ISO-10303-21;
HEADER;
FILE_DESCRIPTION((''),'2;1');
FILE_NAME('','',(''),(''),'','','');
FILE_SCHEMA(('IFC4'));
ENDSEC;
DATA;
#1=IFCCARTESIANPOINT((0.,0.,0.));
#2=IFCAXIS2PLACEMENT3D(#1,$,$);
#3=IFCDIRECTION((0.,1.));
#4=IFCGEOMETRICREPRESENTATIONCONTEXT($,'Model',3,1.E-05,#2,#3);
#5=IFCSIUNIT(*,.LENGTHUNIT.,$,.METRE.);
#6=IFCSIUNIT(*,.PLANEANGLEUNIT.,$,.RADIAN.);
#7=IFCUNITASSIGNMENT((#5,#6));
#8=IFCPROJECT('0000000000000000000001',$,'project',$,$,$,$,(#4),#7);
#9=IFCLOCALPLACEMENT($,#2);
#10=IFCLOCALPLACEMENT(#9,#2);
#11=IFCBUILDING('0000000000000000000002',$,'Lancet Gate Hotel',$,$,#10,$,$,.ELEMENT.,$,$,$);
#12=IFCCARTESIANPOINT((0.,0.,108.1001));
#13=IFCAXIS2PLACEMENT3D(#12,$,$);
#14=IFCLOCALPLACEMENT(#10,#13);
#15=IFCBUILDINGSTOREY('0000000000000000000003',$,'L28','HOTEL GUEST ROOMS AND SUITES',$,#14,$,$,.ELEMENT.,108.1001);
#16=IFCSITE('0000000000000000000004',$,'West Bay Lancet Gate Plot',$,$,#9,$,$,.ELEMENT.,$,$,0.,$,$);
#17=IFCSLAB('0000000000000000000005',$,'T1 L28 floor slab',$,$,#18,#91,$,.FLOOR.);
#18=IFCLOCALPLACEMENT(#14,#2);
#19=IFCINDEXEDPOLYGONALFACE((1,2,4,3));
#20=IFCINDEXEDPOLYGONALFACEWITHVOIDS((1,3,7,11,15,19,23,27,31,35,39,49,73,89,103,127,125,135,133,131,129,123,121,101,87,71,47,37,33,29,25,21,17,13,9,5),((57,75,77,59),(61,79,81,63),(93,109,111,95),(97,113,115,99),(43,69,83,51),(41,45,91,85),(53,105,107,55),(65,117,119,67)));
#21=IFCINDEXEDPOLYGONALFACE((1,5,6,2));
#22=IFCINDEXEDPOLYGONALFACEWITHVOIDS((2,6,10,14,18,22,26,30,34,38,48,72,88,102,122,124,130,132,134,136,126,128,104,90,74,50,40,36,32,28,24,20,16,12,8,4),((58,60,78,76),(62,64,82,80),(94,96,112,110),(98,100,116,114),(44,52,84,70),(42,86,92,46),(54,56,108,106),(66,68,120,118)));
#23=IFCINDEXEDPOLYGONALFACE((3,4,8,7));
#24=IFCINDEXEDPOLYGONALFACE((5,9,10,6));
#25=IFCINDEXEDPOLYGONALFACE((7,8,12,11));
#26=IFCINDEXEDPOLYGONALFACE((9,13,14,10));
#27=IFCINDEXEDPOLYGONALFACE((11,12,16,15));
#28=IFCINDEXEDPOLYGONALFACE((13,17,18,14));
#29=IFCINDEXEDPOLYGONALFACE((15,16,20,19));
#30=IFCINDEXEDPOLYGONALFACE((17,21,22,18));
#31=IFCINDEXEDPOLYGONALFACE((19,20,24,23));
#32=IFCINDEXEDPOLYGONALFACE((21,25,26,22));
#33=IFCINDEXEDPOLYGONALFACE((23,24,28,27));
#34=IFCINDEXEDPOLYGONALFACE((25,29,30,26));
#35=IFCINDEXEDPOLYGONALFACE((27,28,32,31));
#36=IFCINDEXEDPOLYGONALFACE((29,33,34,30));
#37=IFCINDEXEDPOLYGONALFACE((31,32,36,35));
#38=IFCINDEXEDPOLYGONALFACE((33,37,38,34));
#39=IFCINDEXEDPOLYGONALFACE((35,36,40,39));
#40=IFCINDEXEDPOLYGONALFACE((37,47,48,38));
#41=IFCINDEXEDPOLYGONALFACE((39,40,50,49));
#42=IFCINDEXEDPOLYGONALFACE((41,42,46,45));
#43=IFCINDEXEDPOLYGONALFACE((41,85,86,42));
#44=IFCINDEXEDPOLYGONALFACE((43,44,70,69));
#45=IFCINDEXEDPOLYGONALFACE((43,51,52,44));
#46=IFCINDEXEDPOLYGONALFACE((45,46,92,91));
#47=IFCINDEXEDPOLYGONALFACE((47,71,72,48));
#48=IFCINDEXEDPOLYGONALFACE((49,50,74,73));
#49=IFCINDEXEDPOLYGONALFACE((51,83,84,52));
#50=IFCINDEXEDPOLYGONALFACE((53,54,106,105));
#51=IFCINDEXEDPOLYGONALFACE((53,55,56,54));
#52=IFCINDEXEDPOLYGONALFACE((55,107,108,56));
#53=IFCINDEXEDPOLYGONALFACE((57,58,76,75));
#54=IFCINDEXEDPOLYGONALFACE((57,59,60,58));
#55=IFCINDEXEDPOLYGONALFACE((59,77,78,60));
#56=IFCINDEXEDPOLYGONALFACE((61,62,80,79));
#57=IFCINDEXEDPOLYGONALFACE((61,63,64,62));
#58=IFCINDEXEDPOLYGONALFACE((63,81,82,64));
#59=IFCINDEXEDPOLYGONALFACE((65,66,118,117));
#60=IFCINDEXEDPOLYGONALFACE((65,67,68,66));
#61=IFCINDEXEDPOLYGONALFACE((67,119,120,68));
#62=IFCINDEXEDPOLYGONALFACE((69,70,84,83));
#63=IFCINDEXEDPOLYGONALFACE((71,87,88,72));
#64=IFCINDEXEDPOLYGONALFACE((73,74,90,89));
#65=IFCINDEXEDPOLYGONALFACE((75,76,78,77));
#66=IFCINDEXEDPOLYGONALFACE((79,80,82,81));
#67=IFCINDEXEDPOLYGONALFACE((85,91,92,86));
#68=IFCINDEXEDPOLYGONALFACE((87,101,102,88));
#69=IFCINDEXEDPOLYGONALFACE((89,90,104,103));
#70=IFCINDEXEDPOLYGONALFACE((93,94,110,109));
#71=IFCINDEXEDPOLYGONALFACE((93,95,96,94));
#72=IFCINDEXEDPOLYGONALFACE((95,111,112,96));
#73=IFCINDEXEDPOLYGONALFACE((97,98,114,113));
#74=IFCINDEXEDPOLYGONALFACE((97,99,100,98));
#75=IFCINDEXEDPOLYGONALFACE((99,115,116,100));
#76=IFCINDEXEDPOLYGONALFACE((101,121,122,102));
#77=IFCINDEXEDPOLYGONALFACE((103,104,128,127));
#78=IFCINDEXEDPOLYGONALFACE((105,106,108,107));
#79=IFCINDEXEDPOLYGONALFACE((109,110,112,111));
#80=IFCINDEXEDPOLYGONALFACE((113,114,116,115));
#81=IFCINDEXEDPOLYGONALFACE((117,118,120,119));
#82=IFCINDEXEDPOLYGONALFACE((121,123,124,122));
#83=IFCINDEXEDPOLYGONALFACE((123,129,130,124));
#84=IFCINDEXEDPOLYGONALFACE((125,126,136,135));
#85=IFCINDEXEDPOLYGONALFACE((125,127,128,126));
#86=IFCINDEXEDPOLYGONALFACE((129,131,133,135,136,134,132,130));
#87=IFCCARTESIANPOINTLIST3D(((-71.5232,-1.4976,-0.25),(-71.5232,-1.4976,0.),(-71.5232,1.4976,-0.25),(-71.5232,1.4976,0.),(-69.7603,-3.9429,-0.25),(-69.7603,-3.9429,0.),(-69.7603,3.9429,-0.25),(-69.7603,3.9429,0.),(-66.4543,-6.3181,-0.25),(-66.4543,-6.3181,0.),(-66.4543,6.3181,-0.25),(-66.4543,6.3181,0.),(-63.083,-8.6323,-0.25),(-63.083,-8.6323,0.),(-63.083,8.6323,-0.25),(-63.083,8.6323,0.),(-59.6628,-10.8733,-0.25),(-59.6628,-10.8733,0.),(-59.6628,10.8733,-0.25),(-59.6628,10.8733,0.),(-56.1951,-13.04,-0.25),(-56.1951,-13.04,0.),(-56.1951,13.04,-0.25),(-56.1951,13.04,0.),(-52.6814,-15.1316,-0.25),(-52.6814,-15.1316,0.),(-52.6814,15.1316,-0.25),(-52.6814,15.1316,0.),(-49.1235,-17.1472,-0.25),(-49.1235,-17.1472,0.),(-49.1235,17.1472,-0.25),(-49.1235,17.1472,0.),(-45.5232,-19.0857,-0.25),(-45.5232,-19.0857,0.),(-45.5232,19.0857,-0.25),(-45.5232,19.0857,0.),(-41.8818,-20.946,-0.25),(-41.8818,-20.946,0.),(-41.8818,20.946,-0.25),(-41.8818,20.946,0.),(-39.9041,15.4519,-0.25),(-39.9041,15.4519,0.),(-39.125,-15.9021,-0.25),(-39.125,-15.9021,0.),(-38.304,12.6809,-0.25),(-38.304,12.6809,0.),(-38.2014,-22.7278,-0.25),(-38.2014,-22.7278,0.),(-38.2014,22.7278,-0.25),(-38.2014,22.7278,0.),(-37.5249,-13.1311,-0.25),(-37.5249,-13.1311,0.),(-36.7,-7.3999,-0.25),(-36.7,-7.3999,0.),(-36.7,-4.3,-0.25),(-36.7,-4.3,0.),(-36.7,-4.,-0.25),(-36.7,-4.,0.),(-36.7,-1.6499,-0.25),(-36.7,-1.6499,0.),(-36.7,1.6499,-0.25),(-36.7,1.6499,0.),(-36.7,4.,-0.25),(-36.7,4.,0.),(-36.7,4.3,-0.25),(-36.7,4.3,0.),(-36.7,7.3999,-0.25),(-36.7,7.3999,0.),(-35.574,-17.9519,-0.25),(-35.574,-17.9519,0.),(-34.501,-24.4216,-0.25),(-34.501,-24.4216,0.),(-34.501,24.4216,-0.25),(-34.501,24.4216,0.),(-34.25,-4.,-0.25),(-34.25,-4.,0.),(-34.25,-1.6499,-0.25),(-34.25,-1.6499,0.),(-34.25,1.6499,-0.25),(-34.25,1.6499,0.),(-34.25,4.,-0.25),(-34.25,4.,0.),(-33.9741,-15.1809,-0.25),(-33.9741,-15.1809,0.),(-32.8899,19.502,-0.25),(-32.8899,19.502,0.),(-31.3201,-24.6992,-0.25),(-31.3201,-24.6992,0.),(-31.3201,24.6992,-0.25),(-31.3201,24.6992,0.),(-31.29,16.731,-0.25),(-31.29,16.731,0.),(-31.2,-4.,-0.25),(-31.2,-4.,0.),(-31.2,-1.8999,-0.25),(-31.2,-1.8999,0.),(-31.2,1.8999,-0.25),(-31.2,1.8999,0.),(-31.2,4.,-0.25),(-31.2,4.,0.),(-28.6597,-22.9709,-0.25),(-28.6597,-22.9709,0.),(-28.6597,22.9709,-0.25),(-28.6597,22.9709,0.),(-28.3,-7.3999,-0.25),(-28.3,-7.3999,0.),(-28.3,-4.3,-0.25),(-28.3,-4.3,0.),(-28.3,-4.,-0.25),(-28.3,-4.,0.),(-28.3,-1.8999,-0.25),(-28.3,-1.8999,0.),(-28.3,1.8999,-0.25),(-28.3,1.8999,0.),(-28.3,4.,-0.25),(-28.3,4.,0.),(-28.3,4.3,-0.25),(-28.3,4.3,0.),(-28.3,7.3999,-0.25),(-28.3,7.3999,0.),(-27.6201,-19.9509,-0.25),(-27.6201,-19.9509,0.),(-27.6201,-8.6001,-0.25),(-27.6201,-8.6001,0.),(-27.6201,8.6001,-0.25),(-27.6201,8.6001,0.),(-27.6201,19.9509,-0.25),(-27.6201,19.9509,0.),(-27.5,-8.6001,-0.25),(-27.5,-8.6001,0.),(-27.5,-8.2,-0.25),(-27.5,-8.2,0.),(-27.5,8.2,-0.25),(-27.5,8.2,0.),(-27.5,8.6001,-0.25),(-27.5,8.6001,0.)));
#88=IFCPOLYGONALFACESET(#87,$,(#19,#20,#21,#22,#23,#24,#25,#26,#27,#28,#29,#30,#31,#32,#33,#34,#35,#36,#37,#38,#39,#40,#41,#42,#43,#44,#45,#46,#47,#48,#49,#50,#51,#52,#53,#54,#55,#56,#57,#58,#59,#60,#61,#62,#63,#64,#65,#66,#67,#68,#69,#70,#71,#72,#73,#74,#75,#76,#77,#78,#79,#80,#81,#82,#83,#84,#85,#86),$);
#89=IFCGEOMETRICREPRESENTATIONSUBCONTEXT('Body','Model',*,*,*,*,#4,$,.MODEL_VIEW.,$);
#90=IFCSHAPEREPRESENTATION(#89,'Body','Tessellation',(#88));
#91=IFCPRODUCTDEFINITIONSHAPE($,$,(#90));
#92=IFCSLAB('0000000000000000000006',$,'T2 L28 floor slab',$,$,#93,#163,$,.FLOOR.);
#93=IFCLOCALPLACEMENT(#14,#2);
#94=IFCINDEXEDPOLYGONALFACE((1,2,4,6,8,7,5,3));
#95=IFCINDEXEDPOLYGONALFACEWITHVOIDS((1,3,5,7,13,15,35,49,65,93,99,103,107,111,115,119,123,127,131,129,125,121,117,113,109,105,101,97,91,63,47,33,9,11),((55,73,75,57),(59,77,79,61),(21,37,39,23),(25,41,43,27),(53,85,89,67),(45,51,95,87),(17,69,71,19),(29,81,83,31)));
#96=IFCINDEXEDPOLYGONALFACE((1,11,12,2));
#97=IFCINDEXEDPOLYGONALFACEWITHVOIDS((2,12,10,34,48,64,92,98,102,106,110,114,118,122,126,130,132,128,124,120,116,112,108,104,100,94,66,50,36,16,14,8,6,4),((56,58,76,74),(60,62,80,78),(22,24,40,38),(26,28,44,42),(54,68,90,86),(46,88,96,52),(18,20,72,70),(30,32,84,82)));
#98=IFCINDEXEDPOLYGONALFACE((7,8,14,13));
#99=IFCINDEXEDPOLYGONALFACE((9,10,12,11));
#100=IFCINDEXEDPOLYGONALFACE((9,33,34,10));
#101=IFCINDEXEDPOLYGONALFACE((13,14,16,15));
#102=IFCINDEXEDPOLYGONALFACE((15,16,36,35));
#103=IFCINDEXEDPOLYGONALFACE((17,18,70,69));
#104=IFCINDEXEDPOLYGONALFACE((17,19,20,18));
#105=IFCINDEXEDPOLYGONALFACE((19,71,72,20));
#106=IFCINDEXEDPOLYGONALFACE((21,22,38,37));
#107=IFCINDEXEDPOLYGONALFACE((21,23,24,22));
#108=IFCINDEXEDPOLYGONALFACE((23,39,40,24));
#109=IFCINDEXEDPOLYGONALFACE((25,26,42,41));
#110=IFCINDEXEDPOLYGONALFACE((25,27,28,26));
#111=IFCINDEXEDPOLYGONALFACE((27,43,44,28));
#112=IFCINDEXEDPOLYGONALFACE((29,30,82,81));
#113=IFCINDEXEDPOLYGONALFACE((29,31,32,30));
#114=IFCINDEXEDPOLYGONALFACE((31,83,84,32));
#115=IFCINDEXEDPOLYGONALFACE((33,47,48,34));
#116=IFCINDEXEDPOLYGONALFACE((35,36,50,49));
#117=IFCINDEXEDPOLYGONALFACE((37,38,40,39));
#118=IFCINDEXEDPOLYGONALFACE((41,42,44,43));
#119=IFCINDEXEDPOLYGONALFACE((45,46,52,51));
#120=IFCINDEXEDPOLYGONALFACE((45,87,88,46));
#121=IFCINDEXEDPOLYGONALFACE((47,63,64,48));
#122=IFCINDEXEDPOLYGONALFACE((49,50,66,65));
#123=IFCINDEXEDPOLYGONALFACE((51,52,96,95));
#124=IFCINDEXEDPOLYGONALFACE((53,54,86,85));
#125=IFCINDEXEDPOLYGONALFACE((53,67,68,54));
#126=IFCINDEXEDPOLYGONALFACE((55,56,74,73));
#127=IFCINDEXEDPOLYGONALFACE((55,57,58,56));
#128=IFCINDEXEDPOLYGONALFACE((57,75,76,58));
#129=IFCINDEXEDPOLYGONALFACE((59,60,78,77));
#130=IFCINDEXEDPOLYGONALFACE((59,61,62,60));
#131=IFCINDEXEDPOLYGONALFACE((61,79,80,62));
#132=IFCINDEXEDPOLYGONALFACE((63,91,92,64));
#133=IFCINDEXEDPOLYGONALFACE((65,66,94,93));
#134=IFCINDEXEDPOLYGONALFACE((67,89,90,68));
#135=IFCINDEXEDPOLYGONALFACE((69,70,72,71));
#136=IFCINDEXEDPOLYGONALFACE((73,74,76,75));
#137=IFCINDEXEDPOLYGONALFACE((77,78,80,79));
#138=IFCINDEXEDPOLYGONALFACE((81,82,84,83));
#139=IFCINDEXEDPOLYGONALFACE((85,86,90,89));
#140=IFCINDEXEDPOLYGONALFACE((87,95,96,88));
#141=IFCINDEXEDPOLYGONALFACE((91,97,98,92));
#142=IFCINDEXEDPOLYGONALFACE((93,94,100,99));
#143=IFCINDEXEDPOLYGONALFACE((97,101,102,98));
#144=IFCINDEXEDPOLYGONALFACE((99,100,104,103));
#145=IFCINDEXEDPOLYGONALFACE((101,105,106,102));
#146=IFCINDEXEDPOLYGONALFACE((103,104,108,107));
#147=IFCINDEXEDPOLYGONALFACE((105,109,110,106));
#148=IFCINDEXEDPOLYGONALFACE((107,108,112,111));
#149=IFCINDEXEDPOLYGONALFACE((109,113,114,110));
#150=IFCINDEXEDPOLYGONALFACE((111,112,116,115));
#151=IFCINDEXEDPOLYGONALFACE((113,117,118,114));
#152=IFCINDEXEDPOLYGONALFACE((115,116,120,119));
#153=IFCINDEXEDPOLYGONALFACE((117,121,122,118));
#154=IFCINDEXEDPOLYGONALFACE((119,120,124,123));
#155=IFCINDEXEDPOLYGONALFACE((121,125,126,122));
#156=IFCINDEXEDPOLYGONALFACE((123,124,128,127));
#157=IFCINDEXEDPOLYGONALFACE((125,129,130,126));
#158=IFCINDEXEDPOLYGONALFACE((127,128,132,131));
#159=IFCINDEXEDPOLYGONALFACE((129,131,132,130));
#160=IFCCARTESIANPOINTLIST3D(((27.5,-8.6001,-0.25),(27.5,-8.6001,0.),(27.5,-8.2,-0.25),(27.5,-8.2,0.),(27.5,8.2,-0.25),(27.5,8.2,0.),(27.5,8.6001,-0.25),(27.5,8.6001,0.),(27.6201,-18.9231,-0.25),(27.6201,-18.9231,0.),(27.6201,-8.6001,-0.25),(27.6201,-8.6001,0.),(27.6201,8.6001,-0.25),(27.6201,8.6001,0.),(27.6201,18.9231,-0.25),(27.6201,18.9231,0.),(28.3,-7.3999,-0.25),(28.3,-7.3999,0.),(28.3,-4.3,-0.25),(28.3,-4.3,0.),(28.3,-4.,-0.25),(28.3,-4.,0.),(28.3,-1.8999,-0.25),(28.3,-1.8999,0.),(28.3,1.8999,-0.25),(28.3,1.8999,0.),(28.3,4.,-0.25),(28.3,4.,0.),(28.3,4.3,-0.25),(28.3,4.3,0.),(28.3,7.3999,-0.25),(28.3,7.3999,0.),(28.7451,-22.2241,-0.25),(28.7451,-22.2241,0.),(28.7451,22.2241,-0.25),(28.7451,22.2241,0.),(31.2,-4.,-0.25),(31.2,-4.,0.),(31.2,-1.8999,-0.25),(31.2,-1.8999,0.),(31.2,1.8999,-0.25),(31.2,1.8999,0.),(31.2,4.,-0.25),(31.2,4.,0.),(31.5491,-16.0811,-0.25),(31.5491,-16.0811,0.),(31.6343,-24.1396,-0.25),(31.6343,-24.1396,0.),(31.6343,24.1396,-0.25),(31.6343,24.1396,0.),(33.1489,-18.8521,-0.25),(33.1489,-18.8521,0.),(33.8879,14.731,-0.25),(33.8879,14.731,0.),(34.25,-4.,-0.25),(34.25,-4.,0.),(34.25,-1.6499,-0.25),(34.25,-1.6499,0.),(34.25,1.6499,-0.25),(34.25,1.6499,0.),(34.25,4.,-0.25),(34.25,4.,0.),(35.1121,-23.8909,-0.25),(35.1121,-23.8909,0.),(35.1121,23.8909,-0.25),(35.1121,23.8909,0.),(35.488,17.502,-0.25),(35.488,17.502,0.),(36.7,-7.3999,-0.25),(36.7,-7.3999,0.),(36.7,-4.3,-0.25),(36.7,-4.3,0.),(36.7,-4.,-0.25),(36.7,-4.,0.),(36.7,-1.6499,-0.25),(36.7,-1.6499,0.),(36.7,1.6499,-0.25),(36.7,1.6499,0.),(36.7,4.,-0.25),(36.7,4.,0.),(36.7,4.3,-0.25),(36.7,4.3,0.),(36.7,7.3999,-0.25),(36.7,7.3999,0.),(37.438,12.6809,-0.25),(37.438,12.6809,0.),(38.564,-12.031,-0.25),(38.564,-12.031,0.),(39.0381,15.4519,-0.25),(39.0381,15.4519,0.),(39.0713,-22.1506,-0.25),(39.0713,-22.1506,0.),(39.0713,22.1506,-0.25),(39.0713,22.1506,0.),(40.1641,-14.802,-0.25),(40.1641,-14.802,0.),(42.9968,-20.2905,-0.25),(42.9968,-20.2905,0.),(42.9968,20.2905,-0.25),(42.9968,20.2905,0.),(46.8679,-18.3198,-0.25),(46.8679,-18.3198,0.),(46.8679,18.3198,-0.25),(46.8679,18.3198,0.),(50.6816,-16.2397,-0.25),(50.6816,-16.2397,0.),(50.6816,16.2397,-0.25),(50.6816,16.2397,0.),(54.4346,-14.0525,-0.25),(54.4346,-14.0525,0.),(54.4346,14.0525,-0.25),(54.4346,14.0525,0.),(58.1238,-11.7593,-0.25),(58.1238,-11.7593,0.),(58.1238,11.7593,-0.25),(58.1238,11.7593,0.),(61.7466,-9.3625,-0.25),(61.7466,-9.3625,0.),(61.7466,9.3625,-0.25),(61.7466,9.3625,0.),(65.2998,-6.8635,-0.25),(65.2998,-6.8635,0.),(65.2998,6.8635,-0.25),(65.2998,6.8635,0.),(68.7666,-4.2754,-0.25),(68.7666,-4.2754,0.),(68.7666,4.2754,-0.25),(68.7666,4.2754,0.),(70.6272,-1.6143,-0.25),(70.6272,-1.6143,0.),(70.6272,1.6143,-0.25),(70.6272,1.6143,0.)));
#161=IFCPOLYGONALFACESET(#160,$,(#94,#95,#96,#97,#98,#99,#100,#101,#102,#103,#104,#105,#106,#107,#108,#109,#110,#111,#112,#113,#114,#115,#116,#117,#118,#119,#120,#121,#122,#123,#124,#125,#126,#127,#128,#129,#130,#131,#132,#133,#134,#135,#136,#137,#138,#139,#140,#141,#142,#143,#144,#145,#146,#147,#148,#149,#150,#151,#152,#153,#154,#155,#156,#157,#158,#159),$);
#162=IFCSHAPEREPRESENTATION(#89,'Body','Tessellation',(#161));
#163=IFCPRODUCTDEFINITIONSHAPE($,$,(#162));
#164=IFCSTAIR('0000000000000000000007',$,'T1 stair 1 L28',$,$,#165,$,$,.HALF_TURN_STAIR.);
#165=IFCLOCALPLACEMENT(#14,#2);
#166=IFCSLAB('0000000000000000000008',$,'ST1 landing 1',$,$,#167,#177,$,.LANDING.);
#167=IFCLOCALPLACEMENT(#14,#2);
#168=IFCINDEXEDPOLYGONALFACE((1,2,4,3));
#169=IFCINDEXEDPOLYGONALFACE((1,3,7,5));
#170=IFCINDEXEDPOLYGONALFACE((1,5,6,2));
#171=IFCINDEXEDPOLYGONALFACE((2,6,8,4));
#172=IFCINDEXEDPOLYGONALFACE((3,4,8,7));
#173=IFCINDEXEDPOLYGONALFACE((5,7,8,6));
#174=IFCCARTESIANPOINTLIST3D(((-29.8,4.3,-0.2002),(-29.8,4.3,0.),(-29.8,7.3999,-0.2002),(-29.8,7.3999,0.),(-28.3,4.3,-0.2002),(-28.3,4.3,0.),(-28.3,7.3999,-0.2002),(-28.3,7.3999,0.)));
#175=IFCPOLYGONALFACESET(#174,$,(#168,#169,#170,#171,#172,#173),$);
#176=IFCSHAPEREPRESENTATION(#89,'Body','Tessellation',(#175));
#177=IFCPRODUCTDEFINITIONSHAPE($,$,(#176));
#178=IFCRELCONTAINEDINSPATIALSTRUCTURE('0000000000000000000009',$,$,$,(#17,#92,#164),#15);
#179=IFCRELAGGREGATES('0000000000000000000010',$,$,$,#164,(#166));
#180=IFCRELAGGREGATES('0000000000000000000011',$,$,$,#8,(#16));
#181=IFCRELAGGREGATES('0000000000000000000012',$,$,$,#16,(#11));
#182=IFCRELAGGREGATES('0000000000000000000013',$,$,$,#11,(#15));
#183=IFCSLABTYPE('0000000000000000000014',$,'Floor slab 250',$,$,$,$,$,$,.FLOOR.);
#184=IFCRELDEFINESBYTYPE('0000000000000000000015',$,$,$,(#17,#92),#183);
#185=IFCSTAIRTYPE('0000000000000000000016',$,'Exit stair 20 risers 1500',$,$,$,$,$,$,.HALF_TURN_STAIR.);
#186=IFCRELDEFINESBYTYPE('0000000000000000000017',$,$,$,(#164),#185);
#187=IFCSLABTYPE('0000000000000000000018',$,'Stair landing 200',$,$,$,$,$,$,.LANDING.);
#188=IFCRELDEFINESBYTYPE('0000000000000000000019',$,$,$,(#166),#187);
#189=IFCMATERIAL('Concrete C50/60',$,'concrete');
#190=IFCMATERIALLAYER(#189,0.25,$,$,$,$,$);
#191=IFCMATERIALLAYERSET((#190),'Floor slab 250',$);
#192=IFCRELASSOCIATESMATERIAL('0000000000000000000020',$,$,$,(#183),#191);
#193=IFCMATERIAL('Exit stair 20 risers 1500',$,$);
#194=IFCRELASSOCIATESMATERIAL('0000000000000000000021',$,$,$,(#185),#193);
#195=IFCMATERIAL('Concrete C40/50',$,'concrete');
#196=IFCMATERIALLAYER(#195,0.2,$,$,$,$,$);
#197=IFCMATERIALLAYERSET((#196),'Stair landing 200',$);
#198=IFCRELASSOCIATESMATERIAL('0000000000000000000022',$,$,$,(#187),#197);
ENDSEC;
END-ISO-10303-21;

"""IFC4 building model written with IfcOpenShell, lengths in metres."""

from ifc_helpers import new_model, si_unit, direction, frame, origin, place, context, subcontext, project, spatial, polyline, outline, extrude, material, layer, layer_set, type_object, element, aggregate, save


model = new_model("IFC4")

# Units and contexts
model_context = context("Model", 3, precision=1e-05, world=origin(), true_north=direction((0.0, 1.0)))
body_context = subcontext(model_context, "Body", "Model", "MODEL_VIEW")
ifc_project = project(units=[si_unit("LENGTHUNIT", "METRE"), si_unit("PLANEANGLEUNIT", "RADIAN")], contexts=[model_context])

# Site, building, storey
site_placement = place(None, origin())
site = spatial("IfcSite", under=ifc_project, at=site_placement, Name="West Bay Lancet Gate Plot", CompositionType="ELEMENT", RefElevation=0.0)
building_placement = place(site_placement, origin())
building = spatial("IfcBuilding", under=site, at=building_placement, Name="Lancet Gate Hotel", CompositionType="ELEMENT")
storey_placement = place(building_placement, frame((0.0, 0.0, 108.1001)))
storey = spatial("IfcBuildingStorey", under=building, at=storey_placement, Name="L28", Description="HOTEL GUEST ROOMS AND SUITES", CompositionType="ELEMENT", Elevation=108.1001)

# Slabs
ifc_material_1 = material(Name="Concrete C50/60", Category="concrete")
ifc_layer_1 = layer(ifc_material_1, 0.25)
ifc_layer_set_1 = layer_set([ifc_layer_1], Name="Floor slab 250")
slab_type_1 = type_object("IfcSlabType", Name="Floor slab 250", PredefinedType="FLOOR", material=ifc_layer_set_1)
slab_1_placement = place(storey_placement, frame((0.0, 0.0, -0.25)))
element("IfcSlab", 1, at=slab_1_placement, inside=storey, type_object=slab_type_1, Name="T1 L28 floor slab", PredefinedType="FLOOR", context=body_context, shape_type="SweptSolid", body=[
    extrude(outline(polyline([(-27.5, 8.6001), (-27.6201, 8.6001), (-27.6201, 19.9509), (-28.6597, 22.9709), (-31.3201, 24.6992), (-34.501, 24.4216), (-38.2014, 22.7278), (-41.8818, 20.946), (-45.5232, 19.0857), (-49.1235, 17.1472), (-52.6814, 15.1316), (-56.1951, 13.04), (-59.6628, 10.8733), (-63.083, 8.6323), (-66.4543, 6.3181), (-69.7603, 3.9429), (-71.5232, 1.4976), (-71.5232, -1.4976), (-69.7603, -3.9429), (-66.4543, -6.3181), (-63.083, -8.6323), (-59.6628, -10.8733), (-56.1951, -13.04), (-52.6814, -15.1316), (-49.1235, -17.1472), (-45.5232, -19.0857), (-41.8818, -20.946), (-38.2014, -22.7278), (-34.501, -24.4216), (-31.3201, -24.6992), (-28.6597, -22.9709), (-27.6201, -19.9509), (-27.6201, -8.6001), (-27.5, -8.6001), (-27.5, -8.2), (-27.5, 8.2), (-27.5, 8.6001)]), holes=[polyline([(-36.7, 7.3999), (-36.7, 4.3), (-28.3, 4.3), (-28.3, 7.3999), (-36.7, 7.3999)]), polyline([(-28.3, 4.0), (-31.2, 4.0), (-31.2, 1.8999), (-28.3, 1.8999), (-28.3, 4.0)]), polyline([(-34.25, 4.0), (-36.7, 4.0), (-36.7, 1.6499), (-34.25, 1.6499), (-34.25, 4.0)]), polyline([(-36.7, -1.6499), (-36.7, -4.0), (-34.25, -4.0), (-34.25, -1.6499), (-36.7, -1.6499)]), polyline([(-28.3, -1.8999), (-31.2, -1.8999), (-31.2, -4.0), (-28.3, -4.0), (-28.3, -1.8999)]), polyline([(-28.3, -4.3), (-36.7, -4.3), (-36.7, -7.3999), (-28.3, -7.3999), (-28.3, -4.3)]), polyline([(-31.29, 16.731), (-32.8899, 19.502), (-39.9041, 15.4519), (-38.304, 12.6809), (-31.29, 16.731)]), polyline([(-33.9741, -15.1809), (-37.5249, -13.1311), (-39.125, -15.9021), (-35.574, -17.9519), (-33.9741, -15.1809)])]), origin(), (0.0, 0.0, 1.0), 0.25),
])
slab_2_placement = place(storey_placement, frame((0.0, 0.0, -0.25)))
element("IfcSlab", 2, at=slab_2_placement, inside=storey, type_object=slab_type_1, Name="T2 L28 floor slab", PredefinedType="FLOOR", context=body_context, shape_type="SweptSolid", body=[
    extrude(outline(polyline([(27.5, -8.6001), (27.6201, -8.6001), (27.6201, -18.9231), (28.7451, -22.2241), (31.6343, -24.1396), (35.1121, -23.8909), (39.0713, -22.1506), (42.9968, -20.2905), (46.8679, -18.3198), (50.6816, -16.2397), (54.4346, -14.0525), (58.1238, -11.7593), (61.7466, -9.3625), (65.2998, -6.8635), (68.7666, -4.2754), (70.6272, -1.6143), (70.6272, 1.6143), (68.7666, 4.2754), (65.2998, 6.8635), (61.7466, 9.3625), (58.1238, 11.7593), (54.4346, 14.0525), (50.6816, 16.2397), (46.8679, 18.3198), (42.9968, 20.2905), (39.0713, 22.1506), (35.1121, 23.8909), (31.6343, 24.1396), (28.7451, 22.2241), (27.6201, 18.9231), (27.6201, 8.6001), (27.5, 8.6001), (27.5, 8.2), (27.5, -8.2), (27.5, -8.6001)]), holes=[polyline([(36.7, -7.3999), (36.7, -4.3), (28.3, -4.3), (28.3, -7.3999), (36.7, -7.3999)]), polyline([(28.3, -4.0), (31.2, -4.0), (31.2, -1.8999), (28.3, -1.8999), (28.3, -4.0)]), polyline([(34.25, -4.0), (36.7, -4.0), (36.7, -1.6499), (34.25, -1.6499), (34.25, -4.0)]), polyline([(36.7, 1.6499), (36.7, 4.0), (34.25, 4.0), (34.25, 1.6499), (36.7, 1.6499)]), polyline([(28.3, 1.8999), (31.2, 1.8999), (31.2, 4.0), (28.3, 4.0), (28.3, 1.8999)]), polyline([(28.3, 4.3), (36.7, 4.3), (36.7, 7.3999), (28.3, 7.3999), (28.3, 4.3)]), polyline([(31.5491, -16.0811), (33.1489, -18.8521), (40.1641, -14.802), (38.564, -12.031), (31.5491, -16.0811)]), polyline([(33.8879, 14.731), (37.438, 12.6809), (39.0381, 15.4519), (35.488, 17.502), (33.8879, 14.731)])]), origin(), (0.0, 0.0, 1.0), 0.25),
])

# Stair, slab
ifc_material_2 = material(Name="Exit stair 20 risers 1500")
stair_type = type_object("IfcStairType", Name="Exit stair 20 risers 1500", PredefinedType="HALF_TURN_STAIR", material=ifc_material_2)
stair_1_placement = place(storey_placement, origin())
stair_1 = element("IfcStair", 3, at=stair_1_placement, inside=storey, type_object=stair_type, Name="T1 stair 1 L28", PredefinedType="HALF_TURN_STAIR")
ifc_material_3 = material(Name="Concrete C40/50", Category="concrete")
ifc_layer_2 = layer(ifc_material_3, 0.2)
ifc_layer_set_2 = layer_set([ifc_layer_2], Name="Stair landing 200")
slab_type_2 = type_object("IfcSlabType", Name="Stair landing 200", PredefinedType="LANDING", material=ifc_layer_set_2)
slab_3_placement = place(storey_placement, frame((0.0, 0.0, -0.2002)))
slab_3 = element("IfcSlab", 4, at=slab_3_placement, type_object=slab_type_2, Name="ST1 landing 1", PredefinedType="LANDING", context=body_context, shape_type="SweptSolid", body=[
    extrude(outline(polyline([(-28.3, 7.3999), (-29.8, 7.3999), (-29.8, 4.3), (-28.3, 4.3), (-28.3, 7.3999)])), origin(), (0.0, 0.0, 1.0), 0.2002),
])
aggregate(stair_1, [slab_3])

save(model, "model.ifc")
